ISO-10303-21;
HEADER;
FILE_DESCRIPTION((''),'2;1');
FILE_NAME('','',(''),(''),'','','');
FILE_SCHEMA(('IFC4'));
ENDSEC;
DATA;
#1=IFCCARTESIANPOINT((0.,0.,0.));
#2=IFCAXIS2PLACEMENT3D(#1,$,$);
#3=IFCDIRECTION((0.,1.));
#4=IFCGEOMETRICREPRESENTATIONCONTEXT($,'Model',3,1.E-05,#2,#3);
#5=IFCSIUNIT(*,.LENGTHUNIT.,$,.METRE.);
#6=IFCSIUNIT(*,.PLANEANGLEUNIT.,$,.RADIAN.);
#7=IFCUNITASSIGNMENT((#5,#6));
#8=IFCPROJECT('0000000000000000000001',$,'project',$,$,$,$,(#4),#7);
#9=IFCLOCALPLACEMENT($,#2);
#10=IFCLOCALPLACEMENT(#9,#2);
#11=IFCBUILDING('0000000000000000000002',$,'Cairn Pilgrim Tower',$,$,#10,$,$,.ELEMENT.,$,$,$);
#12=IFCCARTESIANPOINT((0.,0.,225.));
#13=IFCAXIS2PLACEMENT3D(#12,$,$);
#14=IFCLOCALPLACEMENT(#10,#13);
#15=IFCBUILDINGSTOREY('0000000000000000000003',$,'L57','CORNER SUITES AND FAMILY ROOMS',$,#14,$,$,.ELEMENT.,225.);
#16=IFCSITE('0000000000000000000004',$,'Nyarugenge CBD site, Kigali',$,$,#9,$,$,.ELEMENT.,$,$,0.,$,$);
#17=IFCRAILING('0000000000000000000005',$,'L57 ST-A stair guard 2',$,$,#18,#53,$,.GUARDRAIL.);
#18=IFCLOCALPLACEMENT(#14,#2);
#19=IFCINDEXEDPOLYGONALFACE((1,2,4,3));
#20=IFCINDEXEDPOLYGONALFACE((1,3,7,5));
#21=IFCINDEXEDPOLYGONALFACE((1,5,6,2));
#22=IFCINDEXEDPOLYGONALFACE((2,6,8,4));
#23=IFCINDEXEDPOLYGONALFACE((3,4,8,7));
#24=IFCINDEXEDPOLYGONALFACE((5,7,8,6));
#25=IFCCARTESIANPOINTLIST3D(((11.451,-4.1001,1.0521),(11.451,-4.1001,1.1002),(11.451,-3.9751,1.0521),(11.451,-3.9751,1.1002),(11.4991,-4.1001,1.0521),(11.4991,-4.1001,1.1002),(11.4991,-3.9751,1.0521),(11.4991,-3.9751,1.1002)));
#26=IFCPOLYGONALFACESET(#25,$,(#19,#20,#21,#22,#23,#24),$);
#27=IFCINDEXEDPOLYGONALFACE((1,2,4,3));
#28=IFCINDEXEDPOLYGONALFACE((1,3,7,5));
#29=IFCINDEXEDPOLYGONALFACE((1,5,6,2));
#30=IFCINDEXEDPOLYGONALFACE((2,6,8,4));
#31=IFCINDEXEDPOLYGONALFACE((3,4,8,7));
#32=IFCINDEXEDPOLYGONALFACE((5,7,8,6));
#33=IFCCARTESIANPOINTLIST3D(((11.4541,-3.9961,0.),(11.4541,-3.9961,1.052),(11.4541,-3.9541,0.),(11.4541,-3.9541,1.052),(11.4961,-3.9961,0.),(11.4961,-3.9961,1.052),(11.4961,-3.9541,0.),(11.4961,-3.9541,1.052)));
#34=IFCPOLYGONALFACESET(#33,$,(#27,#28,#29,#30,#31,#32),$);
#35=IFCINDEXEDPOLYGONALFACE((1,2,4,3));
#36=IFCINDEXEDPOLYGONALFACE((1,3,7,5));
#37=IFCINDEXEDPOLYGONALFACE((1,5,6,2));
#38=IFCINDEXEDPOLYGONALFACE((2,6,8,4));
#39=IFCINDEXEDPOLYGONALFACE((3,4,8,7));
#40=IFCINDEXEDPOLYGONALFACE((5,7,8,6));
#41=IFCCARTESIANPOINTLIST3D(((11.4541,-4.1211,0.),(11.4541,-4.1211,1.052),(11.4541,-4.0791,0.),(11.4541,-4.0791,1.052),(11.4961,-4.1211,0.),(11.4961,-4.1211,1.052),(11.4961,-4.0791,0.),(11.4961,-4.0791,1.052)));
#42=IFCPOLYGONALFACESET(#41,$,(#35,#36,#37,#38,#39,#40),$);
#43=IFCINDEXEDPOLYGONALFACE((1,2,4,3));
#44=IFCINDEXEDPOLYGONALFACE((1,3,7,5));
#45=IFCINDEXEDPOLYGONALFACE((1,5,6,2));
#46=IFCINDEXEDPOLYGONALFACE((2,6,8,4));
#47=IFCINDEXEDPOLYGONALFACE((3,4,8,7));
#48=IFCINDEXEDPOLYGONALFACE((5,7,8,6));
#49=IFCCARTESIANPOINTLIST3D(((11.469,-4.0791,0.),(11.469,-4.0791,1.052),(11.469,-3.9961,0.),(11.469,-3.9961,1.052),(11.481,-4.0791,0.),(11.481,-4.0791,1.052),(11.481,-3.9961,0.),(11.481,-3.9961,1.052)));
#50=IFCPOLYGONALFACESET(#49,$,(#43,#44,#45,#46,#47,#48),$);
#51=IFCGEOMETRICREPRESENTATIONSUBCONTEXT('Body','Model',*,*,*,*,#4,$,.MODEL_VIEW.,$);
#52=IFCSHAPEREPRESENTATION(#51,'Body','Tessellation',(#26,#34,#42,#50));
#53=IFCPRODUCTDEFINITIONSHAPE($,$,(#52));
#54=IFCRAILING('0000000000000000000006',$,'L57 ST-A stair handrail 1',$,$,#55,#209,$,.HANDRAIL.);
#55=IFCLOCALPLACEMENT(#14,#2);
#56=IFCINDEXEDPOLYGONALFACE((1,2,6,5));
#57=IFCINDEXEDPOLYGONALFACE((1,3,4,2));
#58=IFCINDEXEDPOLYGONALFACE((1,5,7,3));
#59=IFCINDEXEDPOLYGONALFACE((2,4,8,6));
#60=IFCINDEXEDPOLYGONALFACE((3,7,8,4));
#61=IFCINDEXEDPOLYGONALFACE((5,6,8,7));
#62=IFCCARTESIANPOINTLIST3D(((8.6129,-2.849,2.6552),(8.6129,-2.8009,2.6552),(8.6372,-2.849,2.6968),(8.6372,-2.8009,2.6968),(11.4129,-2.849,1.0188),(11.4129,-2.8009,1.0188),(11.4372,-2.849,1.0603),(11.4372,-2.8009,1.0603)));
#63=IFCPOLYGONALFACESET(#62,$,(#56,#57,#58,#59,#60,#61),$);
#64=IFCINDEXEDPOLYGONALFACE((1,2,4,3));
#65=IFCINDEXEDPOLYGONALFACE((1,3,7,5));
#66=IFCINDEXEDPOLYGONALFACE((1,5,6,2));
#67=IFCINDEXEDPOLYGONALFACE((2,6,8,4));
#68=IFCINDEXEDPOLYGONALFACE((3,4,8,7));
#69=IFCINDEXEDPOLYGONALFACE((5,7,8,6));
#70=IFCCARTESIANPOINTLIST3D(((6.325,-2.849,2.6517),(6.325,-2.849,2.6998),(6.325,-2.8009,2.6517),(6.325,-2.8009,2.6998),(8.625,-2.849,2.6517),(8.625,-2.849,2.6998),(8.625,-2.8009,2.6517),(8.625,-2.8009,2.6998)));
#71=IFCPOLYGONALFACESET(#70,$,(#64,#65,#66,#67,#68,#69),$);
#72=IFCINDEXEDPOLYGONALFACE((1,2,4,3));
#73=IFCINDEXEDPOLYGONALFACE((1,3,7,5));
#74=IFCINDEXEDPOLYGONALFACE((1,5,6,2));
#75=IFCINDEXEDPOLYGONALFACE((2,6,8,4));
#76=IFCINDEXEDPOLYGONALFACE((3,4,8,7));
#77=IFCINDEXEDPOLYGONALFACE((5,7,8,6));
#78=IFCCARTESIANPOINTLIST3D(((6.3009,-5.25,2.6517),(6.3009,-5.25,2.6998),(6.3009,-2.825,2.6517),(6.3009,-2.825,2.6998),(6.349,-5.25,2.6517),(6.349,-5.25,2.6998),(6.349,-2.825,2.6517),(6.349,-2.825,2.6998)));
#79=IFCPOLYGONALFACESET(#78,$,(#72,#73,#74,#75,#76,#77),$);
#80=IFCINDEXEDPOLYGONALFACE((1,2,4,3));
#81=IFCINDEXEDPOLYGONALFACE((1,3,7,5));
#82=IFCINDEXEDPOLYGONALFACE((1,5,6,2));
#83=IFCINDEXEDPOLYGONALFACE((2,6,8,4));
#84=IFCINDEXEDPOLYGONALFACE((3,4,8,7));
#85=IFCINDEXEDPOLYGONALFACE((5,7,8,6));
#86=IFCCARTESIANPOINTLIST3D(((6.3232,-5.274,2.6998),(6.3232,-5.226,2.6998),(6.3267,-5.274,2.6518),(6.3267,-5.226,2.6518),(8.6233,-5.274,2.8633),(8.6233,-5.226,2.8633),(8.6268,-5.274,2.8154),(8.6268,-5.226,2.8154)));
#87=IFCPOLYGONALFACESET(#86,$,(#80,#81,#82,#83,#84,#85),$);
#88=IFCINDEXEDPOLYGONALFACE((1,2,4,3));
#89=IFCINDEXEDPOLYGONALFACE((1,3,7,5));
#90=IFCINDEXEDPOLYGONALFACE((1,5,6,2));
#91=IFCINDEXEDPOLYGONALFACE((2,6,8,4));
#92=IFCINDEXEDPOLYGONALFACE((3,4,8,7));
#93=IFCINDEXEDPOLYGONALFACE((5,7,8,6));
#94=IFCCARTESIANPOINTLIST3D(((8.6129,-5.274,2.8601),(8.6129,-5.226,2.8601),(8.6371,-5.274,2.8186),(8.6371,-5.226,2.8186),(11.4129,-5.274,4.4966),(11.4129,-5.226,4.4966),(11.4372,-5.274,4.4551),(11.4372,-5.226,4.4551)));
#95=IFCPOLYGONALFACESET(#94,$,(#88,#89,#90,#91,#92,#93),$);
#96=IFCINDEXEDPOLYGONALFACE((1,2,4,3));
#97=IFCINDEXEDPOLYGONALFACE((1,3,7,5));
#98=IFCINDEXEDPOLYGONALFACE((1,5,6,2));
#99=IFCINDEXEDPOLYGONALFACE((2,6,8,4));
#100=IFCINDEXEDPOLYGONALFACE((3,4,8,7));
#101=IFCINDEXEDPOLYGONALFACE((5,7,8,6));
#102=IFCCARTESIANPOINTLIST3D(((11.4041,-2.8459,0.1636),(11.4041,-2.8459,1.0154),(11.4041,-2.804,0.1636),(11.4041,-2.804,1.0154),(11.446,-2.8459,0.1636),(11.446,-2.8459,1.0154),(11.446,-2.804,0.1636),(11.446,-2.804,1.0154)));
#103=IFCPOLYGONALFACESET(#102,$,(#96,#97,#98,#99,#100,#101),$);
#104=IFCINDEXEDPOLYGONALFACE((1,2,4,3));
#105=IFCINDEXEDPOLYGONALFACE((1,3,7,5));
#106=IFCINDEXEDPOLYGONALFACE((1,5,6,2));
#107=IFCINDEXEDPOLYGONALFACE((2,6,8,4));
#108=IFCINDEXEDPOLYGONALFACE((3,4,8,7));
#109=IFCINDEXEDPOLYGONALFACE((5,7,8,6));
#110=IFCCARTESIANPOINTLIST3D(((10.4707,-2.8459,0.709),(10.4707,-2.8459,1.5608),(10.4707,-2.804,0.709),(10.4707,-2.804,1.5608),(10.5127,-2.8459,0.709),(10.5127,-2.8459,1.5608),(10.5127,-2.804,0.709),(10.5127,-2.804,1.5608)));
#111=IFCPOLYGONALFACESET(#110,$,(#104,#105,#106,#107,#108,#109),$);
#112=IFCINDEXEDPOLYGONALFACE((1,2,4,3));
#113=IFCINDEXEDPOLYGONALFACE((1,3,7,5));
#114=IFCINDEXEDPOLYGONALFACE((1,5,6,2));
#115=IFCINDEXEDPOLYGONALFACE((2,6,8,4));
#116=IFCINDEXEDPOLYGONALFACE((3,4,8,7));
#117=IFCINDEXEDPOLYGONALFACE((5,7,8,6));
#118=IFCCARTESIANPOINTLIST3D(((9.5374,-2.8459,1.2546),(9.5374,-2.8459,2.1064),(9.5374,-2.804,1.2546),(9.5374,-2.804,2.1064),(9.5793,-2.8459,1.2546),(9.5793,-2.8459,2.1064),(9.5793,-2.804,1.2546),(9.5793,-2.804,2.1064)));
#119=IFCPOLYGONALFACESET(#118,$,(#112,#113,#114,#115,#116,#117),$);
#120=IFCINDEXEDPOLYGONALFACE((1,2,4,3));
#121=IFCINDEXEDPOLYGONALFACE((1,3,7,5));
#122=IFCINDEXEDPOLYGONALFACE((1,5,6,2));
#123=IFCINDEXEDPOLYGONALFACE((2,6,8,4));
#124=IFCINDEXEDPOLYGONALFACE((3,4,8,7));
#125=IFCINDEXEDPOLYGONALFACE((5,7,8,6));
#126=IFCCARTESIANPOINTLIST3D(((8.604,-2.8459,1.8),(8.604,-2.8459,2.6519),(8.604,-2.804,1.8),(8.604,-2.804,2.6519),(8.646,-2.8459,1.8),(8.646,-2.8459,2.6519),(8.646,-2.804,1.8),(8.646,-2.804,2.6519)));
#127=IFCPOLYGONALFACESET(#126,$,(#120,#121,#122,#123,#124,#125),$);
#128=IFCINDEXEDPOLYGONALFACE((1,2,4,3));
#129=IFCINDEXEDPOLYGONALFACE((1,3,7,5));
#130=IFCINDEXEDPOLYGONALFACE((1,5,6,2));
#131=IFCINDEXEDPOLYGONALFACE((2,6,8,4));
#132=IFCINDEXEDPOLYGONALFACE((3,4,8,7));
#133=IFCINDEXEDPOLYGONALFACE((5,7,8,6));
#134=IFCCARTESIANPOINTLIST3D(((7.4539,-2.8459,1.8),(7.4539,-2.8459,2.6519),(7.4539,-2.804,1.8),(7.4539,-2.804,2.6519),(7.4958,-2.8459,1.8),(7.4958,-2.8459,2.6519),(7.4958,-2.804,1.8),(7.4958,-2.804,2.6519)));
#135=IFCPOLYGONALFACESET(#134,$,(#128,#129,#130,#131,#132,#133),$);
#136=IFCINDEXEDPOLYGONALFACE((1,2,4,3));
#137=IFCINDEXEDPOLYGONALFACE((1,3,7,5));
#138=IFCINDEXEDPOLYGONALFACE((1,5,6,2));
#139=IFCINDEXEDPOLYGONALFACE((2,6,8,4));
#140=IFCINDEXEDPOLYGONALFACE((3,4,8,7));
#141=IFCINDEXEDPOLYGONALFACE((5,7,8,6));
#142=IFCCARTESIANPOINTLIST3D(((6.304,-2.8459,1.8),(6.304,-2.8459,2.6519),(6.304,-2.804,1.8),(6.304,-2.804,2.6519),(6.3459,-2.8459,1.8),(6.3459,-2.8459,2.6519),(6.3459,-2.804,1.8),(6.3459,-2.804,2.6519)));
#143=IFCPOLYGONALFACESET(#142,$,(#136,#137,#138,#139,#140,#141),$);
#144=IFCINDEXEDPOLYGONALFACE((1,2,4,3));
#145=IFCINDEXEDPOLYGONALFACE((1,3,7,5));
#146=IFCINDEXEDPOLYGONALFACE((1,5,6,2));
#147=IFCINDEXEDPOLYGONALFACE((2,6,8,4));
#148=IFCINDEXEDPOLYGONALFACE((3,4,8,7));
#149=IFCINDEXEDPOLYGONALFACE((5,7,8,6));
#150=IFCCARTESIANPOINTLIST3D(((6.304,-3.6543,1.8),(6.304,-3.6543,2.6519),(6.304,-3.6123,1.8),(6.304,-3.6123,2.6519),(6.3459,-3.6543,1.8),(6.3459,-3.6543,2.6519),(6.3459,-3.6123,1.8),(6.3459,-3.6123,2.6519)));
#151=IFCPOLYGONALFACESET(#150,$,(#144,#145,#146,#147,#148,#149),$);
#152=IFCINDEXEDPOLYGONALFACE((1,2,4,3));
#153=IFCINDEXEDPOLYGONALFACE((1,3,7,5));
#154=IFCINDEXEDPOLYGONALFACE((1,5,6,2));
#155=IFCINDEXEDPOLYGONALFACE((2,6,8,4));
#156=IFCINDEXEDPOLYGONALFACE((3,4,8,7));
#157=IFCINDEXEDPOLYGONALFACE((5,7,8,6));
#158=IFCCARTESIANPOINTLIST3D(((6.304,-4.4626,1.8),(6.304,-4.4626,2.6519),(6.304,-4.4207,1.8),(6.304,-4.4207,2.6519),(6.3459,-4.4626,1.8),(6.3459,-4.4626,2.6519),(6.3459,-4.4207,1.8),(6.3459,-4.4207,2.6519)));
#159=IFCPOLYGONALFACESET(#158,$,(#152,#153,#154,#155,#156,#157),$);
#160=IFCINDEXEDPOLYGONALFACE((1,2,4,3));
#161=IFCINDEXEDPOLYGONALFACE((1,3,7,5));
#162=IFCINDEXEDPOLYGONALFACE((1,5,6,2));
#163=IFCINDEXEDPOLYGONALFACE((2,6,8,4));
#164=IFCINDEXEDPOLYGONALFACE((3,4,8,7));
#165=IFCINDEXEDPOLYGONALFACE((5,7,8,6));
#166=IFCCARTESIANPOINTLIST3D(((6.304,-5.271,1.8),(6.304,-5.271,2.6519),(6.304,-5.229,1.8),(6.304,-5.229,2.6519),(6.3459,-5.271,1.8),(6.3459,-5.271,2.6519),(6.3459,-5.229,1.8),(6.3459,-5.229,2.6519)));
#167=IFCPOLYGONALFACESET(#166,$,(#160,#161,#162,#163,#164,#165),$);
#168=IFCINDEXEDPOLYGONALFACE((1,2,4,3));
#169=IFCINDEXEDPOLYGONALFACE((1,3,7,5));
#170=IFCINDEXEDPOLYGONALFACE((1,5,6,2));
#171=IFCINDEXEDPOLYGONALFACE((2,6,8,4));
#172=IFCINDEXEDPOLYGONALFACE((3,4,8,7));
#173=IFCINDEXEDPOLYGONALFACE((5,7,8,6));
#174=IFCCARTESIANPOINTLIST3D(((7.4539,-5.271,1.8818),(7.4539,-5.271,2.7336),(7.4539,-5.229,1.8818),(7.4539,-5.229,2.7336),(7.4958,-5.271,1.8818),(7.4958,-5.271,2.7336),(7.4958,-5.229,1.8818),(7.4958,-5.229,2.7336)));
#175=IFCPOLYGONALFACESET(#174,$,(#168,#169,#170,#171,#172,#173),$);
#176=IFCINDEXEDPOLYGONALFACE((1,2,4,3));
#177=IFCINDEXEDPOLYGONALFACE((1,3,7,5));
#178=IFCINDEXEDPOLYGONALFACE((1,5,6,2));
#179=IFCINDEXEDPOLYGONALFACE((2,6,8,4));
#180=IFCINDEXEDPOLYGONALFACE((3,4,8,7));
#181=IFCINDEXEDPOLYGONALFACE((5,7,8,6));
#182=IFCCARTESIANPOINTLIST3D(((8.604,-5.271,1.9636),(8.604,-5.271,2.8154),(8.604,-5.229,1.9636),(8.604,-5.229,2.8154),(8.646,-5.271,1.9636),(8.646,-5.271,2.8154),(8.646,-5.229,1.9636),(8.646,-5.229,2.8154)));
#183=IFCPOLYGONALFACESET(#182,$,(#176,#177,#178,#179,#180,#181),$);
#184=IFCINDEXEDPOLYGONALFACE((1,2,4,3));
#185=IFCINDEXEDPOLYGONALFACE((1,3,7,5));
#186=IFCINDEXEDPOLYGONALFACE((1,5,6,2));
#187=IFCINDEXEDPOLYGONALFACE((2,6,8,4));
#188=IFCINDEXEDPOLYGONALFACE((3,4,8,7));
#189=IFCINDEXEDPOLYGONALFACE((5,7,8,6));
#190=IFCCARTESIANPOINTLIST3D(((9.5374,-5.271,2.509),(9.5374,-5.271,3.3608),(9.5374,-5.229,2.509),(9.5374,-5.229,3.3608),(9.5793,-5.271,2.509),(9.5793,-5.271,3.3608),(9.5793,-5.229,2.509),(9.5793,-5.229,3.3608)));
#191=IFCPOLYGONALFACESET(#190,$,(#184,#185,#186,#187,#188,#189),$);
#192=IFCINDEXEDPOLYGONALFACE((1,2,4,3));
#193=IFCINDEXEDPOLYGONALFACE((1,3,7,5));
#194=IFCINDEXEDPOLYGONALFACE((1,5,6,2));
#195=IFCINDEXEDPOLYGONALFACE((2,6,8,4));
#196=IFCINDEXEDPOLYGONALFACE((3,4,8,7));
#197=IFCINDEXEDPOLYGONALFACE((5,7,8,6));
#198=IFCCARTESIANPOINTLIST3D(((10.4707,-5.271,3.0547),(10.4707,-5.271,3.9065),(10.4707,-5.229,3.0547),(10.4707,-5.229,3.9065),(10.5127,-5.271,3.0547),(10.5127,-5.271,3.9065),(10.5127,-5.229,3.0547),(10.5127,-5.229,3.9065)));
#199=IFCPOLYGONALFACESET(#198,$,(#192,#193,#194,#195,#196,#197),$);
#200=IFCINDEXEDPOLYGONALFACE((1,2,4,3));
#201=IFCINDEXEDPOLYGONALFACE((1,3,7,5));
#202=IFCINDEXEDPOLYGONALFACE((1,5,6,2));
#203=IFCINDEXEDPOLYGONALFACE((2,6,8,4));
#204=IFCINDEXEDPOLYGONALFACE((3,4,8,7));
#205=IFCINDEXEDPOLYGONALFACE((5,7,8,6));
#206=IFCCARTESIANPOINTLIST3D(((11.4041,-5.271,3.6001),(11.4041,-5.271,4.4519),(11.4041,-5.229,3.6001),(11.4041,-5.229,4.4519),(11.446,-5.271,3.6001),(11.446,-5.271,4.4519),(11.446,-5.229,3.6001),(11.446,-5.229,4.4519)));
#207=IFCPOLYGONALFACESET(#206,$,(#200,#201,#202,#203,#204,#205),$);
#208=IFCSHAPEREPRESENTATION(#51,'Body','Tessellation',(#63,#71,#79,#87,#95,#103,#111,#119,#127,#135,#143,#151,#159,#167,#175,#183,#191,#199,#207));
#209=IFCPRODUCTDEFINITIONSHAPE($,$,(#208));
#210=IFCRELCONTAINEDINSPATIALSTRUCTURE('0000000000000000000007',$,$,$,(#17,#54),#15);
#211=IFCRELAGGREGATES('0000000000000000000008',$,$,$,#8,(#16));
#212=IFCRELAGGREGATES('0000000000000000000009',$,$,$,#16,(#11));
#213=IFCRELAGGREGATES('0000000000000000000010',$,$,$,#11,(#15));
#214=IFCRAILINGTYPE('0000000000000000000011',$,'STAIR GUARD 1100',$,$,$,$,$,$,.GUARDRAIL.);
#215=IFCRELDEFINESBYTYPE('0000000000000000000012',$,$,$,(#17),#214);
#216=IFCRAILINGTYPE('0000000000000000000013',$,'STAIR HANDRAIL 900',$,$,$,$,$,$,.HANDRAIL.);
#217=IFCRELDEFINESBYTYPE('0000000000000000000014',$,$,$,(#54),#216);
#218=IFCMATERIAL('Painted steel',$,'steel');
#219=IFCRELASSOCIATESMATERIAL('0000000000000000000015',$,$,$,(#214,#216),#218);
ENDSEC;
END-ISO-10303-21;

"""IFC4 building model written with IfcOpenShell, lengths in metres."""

from ifc_helpers import new_model, si_unit, direction, frame, origin, origin_2d, place, context, subcontext, project, spatial, polyline, rectangle, outline, extrude, material, type_object, element, save


model = new_model("IFC4")

# Units and contexts
model_context = context("Model", 3, precision=1e-05, world=origin(), true_north=direction((0.0, 1.0)))
body_context = subcontext(model_context, "Body", "Model", "MODEL_VIEW")
ifc_project = project(units=[si_unit("LENGTHUNIT", "METRE"), si_unit("PLANEANGLEUNIT", "RADIAN")], contexts=[model_context])

# Site, building, storey
site_placement = place(None, origin())
site = spatial("IfcSite", under=ifc_project, at=site_placement, Name="Nyarugenge CBD site, Kigali", CompositionType="ELEMENT", RefElevation=0.0)
building_placement = place(site_placement, origin())
building = spatial("IfcBuilding", under=site, at=building_placement, Name="Cairn Pilgrim Tower", CompositionType="ELEMENT")
storey_placement = place(building_placement, frame((0.0, 0.0, 225.0)))
storey = spatial("IfcBuildingStorey", under=building, at=storey_placement, Name="L57", Description="CORNER SUITES AND FAMILY ROOMS", CompositionType="ELEMENT", Elevation=225.0)

# Railings
ifc_material_1 = material(Name="Painted steel", Category="steel")
railing_type_1 = type_object("IfcRailingType", Name="STAIR GUARD 1100", PredefinedType="GUARDRAIL", material=ifc_material_1)
railing_1_placement = place(storey_placement, frame((11.4751, -3.9751, 0.0)))
element("IfcRailing", 1, at=railing_1_placement, inside=storey, type_object=railing_type_1, Name="L57 ST-A stair guard 2", PredefinedType="GUARDRAIL", context=body_context, shape_type="SweptSolid", body=[
    extrude(rectangle(XDim=0.0481, YDim=0.0481, at=origin_2d()), frame((0.0, 0.0, 1.0762), z_axis=(0.0, -1.0, 0.0), x_axis=(1.0, 0.0, 0.0)), (0.0, 0.0, 1.0), 0.125),
    extrude(rectangle(XDim=0.042, YDim=0.042, at=origin_2d()), origin(), (0.0, 0.0, 1.0), 1.052),
    extrude(rectangle(XDim=0.042, YDim=0.042, at=origin_2d()), frame((0.0, -0.125, 0.0)), (0.0, 0.0, 1.0), 1.052),
    extrude(outline(polyline([(0.021, 0.0), (0.104, 0.0), (0.104, 1.052), (0.021, 1.052), (0.021, 0.0)])), frame((0.0059, 0.0, 0.0), z_axis=(-1.0, 0.0, 0.0), x_axis=(0.0, -1.0, 0.0)), (0.0, 0.0, 1.0), 0.012),
])
railing_type_2 = type_object("IfcRailingType", Name="STAIR HANDRAIL 900", PredefinedType="HANDRAIL", material=ifc_material_1)
railing_2_placement = place(storey_placement, frame((11.425, -2.825, 0.1636)))
element("IfcRailing", 2, at=railing_2_placement, inside=storey, type_object=railing_type_2, Name="L57 ST-A stair handrail 1", PredefinedType="HANDRAIL", context=body_context, shape_type="SweptSolid", body=[
    extrude(rectangle(XDim=0.0481, YDim=0.0481, at=origin_2d()), frame((0.0, 0.0, 0.876), z_axis=(-0.863361, 0.0, 0.504587), x_axis=(0.0, -1.0, 0.0)), (0.0, 0.0, 1.0), 3.2432),
    extrude(rectangle(XDim=0.0481, YDim=0.0481, at=origin_2d()), frame((-2.8, 0.0, 2.5122), z_axis=(-1.0, 0.0, 0.0), x_axis=(0.0, -1.0, 0.0)), (0.0, 0.0, 1.0), 2.3),
    extrude(rectangle(XDim=0.0481, YDim=0.0481, at=origin_2d()), frame((-5.1001, 0.0, 2.5122), z_axis=(0.0, -1.0, 0.0), x_axis=(1.0, 0.0, 0.0)), (0.0, 0.0, 1.0), 2.425),
    extrude(rectangle(XDim=0.0481, YDim=0.0481, at=origin_2d()), frame((-5.1001, -2.425, 2.5122), z_axis=(0.997481, 0.0, 0.070939), x_axis=(0.0, 1.0, 0.0)), (0.0, 0.0, 1.0), 2.3059),
    extrude(rectangle(XDim=0.0481, YDim=0.0481, at=origin_2d()), frame((-2.8, -2.425, 2.6758), z_axis=(0.863361, 0.0, 0.504587), x_axis=(0.0, 1.0, 0.0)), (0.0, 0.0, 1.0), 3.2432),
    extrude(rectangle(XDim=0.042, YDim=0.042, at=origin_2d()), origin(), (0.0, 0.0, 1.0), 0.8518),
    extrude(rectangle(XDim=0.042, YDim=0.042, at=origin_2d()), frame((-0.9333, 0.0, 0.5454)), (0.0, 0.0, 1.0), 0.8518),
    extrude(rectangle(XDim=0.042, YDim=0.042, at=origin_2d()), frame((-1.8667, 0.0, 1.0911)), (0.0, 0.0, 1.0), 0.8518),
    extrude(rectangle(XDim=0.042, YDim=0.042, at=origin_2d()), frame((-2.8, 0.0, 1.6365)), (0.0, 0.0, 1.0), 0.8518),
    extrude(rectangle(XDim=0.042, YDim=0.042, at=origin_2d()), frame((-3.9502, 0.0, 1.6365)), (0.0, 0.0, 1.0), 0.8518),
    extrude(rectangle(XDim=0.042, YDim=0.042, at=origin_2d()), frame((-5.1001, 0.0, 1.6365)), (0.0, 0.0, 1.0), 0.8518),
    extrude(rectangle(XDim=0.042, YDim=0.042, at=origin_2d()), frame((-5.1001, -0.8083, 1.6365)), (0.0, 0.0, 1.0), 0.8518),
    extrude(rectangle(XDim=0.042, YDim=0.042, at=origin_2d()), frame((-5.1001, -1.6167, 1.6365)), (0.0, 0.0, 1.0), 0.8518),
    extrude(rectangle(XDim=0.042, YDim=0.042, at=origin_2d()), frame((-5.1001, -2.425, 1.6365)), (0.0, 0.0, 1.0), 0.8518),
    extrude(rectangle(XDim=0.042, YDim=0.042, at=origin_2d()), frame((-3.9502, -2.425, 1.7183)), (0.0, 0.0, 1.0), 0.8518),
    extrude(rectangle(XDim=0.042, YDim=0.042, at=origin_2d()), frame((-2.8, -2.425, 1.8)), (0.0, 0.0, 1.0), 0.8518),
    extrude(rectangle(XDim=0.042, YDim=0.042, at=origin_2d()), frame((-1.8667, -2.425, 2.3455)), (0.0, 0.0, 1.0), 0.8518),
    extrude(rectangle(XDim=0.042, YDim=0.042, at=origin_2d()), frame((-0.9333, -2.425, 2.8911)), (0.0, 0.0, 1.0), 0.8518),
    extrude(rectangle(XDim=0.042, YDim=0.042, at=origin_2d()), frame((0.0, -2.425, 3.4365)), (0.0, 0.0, 1.0), 0.8518),
])

save(model, "model.ifc")
